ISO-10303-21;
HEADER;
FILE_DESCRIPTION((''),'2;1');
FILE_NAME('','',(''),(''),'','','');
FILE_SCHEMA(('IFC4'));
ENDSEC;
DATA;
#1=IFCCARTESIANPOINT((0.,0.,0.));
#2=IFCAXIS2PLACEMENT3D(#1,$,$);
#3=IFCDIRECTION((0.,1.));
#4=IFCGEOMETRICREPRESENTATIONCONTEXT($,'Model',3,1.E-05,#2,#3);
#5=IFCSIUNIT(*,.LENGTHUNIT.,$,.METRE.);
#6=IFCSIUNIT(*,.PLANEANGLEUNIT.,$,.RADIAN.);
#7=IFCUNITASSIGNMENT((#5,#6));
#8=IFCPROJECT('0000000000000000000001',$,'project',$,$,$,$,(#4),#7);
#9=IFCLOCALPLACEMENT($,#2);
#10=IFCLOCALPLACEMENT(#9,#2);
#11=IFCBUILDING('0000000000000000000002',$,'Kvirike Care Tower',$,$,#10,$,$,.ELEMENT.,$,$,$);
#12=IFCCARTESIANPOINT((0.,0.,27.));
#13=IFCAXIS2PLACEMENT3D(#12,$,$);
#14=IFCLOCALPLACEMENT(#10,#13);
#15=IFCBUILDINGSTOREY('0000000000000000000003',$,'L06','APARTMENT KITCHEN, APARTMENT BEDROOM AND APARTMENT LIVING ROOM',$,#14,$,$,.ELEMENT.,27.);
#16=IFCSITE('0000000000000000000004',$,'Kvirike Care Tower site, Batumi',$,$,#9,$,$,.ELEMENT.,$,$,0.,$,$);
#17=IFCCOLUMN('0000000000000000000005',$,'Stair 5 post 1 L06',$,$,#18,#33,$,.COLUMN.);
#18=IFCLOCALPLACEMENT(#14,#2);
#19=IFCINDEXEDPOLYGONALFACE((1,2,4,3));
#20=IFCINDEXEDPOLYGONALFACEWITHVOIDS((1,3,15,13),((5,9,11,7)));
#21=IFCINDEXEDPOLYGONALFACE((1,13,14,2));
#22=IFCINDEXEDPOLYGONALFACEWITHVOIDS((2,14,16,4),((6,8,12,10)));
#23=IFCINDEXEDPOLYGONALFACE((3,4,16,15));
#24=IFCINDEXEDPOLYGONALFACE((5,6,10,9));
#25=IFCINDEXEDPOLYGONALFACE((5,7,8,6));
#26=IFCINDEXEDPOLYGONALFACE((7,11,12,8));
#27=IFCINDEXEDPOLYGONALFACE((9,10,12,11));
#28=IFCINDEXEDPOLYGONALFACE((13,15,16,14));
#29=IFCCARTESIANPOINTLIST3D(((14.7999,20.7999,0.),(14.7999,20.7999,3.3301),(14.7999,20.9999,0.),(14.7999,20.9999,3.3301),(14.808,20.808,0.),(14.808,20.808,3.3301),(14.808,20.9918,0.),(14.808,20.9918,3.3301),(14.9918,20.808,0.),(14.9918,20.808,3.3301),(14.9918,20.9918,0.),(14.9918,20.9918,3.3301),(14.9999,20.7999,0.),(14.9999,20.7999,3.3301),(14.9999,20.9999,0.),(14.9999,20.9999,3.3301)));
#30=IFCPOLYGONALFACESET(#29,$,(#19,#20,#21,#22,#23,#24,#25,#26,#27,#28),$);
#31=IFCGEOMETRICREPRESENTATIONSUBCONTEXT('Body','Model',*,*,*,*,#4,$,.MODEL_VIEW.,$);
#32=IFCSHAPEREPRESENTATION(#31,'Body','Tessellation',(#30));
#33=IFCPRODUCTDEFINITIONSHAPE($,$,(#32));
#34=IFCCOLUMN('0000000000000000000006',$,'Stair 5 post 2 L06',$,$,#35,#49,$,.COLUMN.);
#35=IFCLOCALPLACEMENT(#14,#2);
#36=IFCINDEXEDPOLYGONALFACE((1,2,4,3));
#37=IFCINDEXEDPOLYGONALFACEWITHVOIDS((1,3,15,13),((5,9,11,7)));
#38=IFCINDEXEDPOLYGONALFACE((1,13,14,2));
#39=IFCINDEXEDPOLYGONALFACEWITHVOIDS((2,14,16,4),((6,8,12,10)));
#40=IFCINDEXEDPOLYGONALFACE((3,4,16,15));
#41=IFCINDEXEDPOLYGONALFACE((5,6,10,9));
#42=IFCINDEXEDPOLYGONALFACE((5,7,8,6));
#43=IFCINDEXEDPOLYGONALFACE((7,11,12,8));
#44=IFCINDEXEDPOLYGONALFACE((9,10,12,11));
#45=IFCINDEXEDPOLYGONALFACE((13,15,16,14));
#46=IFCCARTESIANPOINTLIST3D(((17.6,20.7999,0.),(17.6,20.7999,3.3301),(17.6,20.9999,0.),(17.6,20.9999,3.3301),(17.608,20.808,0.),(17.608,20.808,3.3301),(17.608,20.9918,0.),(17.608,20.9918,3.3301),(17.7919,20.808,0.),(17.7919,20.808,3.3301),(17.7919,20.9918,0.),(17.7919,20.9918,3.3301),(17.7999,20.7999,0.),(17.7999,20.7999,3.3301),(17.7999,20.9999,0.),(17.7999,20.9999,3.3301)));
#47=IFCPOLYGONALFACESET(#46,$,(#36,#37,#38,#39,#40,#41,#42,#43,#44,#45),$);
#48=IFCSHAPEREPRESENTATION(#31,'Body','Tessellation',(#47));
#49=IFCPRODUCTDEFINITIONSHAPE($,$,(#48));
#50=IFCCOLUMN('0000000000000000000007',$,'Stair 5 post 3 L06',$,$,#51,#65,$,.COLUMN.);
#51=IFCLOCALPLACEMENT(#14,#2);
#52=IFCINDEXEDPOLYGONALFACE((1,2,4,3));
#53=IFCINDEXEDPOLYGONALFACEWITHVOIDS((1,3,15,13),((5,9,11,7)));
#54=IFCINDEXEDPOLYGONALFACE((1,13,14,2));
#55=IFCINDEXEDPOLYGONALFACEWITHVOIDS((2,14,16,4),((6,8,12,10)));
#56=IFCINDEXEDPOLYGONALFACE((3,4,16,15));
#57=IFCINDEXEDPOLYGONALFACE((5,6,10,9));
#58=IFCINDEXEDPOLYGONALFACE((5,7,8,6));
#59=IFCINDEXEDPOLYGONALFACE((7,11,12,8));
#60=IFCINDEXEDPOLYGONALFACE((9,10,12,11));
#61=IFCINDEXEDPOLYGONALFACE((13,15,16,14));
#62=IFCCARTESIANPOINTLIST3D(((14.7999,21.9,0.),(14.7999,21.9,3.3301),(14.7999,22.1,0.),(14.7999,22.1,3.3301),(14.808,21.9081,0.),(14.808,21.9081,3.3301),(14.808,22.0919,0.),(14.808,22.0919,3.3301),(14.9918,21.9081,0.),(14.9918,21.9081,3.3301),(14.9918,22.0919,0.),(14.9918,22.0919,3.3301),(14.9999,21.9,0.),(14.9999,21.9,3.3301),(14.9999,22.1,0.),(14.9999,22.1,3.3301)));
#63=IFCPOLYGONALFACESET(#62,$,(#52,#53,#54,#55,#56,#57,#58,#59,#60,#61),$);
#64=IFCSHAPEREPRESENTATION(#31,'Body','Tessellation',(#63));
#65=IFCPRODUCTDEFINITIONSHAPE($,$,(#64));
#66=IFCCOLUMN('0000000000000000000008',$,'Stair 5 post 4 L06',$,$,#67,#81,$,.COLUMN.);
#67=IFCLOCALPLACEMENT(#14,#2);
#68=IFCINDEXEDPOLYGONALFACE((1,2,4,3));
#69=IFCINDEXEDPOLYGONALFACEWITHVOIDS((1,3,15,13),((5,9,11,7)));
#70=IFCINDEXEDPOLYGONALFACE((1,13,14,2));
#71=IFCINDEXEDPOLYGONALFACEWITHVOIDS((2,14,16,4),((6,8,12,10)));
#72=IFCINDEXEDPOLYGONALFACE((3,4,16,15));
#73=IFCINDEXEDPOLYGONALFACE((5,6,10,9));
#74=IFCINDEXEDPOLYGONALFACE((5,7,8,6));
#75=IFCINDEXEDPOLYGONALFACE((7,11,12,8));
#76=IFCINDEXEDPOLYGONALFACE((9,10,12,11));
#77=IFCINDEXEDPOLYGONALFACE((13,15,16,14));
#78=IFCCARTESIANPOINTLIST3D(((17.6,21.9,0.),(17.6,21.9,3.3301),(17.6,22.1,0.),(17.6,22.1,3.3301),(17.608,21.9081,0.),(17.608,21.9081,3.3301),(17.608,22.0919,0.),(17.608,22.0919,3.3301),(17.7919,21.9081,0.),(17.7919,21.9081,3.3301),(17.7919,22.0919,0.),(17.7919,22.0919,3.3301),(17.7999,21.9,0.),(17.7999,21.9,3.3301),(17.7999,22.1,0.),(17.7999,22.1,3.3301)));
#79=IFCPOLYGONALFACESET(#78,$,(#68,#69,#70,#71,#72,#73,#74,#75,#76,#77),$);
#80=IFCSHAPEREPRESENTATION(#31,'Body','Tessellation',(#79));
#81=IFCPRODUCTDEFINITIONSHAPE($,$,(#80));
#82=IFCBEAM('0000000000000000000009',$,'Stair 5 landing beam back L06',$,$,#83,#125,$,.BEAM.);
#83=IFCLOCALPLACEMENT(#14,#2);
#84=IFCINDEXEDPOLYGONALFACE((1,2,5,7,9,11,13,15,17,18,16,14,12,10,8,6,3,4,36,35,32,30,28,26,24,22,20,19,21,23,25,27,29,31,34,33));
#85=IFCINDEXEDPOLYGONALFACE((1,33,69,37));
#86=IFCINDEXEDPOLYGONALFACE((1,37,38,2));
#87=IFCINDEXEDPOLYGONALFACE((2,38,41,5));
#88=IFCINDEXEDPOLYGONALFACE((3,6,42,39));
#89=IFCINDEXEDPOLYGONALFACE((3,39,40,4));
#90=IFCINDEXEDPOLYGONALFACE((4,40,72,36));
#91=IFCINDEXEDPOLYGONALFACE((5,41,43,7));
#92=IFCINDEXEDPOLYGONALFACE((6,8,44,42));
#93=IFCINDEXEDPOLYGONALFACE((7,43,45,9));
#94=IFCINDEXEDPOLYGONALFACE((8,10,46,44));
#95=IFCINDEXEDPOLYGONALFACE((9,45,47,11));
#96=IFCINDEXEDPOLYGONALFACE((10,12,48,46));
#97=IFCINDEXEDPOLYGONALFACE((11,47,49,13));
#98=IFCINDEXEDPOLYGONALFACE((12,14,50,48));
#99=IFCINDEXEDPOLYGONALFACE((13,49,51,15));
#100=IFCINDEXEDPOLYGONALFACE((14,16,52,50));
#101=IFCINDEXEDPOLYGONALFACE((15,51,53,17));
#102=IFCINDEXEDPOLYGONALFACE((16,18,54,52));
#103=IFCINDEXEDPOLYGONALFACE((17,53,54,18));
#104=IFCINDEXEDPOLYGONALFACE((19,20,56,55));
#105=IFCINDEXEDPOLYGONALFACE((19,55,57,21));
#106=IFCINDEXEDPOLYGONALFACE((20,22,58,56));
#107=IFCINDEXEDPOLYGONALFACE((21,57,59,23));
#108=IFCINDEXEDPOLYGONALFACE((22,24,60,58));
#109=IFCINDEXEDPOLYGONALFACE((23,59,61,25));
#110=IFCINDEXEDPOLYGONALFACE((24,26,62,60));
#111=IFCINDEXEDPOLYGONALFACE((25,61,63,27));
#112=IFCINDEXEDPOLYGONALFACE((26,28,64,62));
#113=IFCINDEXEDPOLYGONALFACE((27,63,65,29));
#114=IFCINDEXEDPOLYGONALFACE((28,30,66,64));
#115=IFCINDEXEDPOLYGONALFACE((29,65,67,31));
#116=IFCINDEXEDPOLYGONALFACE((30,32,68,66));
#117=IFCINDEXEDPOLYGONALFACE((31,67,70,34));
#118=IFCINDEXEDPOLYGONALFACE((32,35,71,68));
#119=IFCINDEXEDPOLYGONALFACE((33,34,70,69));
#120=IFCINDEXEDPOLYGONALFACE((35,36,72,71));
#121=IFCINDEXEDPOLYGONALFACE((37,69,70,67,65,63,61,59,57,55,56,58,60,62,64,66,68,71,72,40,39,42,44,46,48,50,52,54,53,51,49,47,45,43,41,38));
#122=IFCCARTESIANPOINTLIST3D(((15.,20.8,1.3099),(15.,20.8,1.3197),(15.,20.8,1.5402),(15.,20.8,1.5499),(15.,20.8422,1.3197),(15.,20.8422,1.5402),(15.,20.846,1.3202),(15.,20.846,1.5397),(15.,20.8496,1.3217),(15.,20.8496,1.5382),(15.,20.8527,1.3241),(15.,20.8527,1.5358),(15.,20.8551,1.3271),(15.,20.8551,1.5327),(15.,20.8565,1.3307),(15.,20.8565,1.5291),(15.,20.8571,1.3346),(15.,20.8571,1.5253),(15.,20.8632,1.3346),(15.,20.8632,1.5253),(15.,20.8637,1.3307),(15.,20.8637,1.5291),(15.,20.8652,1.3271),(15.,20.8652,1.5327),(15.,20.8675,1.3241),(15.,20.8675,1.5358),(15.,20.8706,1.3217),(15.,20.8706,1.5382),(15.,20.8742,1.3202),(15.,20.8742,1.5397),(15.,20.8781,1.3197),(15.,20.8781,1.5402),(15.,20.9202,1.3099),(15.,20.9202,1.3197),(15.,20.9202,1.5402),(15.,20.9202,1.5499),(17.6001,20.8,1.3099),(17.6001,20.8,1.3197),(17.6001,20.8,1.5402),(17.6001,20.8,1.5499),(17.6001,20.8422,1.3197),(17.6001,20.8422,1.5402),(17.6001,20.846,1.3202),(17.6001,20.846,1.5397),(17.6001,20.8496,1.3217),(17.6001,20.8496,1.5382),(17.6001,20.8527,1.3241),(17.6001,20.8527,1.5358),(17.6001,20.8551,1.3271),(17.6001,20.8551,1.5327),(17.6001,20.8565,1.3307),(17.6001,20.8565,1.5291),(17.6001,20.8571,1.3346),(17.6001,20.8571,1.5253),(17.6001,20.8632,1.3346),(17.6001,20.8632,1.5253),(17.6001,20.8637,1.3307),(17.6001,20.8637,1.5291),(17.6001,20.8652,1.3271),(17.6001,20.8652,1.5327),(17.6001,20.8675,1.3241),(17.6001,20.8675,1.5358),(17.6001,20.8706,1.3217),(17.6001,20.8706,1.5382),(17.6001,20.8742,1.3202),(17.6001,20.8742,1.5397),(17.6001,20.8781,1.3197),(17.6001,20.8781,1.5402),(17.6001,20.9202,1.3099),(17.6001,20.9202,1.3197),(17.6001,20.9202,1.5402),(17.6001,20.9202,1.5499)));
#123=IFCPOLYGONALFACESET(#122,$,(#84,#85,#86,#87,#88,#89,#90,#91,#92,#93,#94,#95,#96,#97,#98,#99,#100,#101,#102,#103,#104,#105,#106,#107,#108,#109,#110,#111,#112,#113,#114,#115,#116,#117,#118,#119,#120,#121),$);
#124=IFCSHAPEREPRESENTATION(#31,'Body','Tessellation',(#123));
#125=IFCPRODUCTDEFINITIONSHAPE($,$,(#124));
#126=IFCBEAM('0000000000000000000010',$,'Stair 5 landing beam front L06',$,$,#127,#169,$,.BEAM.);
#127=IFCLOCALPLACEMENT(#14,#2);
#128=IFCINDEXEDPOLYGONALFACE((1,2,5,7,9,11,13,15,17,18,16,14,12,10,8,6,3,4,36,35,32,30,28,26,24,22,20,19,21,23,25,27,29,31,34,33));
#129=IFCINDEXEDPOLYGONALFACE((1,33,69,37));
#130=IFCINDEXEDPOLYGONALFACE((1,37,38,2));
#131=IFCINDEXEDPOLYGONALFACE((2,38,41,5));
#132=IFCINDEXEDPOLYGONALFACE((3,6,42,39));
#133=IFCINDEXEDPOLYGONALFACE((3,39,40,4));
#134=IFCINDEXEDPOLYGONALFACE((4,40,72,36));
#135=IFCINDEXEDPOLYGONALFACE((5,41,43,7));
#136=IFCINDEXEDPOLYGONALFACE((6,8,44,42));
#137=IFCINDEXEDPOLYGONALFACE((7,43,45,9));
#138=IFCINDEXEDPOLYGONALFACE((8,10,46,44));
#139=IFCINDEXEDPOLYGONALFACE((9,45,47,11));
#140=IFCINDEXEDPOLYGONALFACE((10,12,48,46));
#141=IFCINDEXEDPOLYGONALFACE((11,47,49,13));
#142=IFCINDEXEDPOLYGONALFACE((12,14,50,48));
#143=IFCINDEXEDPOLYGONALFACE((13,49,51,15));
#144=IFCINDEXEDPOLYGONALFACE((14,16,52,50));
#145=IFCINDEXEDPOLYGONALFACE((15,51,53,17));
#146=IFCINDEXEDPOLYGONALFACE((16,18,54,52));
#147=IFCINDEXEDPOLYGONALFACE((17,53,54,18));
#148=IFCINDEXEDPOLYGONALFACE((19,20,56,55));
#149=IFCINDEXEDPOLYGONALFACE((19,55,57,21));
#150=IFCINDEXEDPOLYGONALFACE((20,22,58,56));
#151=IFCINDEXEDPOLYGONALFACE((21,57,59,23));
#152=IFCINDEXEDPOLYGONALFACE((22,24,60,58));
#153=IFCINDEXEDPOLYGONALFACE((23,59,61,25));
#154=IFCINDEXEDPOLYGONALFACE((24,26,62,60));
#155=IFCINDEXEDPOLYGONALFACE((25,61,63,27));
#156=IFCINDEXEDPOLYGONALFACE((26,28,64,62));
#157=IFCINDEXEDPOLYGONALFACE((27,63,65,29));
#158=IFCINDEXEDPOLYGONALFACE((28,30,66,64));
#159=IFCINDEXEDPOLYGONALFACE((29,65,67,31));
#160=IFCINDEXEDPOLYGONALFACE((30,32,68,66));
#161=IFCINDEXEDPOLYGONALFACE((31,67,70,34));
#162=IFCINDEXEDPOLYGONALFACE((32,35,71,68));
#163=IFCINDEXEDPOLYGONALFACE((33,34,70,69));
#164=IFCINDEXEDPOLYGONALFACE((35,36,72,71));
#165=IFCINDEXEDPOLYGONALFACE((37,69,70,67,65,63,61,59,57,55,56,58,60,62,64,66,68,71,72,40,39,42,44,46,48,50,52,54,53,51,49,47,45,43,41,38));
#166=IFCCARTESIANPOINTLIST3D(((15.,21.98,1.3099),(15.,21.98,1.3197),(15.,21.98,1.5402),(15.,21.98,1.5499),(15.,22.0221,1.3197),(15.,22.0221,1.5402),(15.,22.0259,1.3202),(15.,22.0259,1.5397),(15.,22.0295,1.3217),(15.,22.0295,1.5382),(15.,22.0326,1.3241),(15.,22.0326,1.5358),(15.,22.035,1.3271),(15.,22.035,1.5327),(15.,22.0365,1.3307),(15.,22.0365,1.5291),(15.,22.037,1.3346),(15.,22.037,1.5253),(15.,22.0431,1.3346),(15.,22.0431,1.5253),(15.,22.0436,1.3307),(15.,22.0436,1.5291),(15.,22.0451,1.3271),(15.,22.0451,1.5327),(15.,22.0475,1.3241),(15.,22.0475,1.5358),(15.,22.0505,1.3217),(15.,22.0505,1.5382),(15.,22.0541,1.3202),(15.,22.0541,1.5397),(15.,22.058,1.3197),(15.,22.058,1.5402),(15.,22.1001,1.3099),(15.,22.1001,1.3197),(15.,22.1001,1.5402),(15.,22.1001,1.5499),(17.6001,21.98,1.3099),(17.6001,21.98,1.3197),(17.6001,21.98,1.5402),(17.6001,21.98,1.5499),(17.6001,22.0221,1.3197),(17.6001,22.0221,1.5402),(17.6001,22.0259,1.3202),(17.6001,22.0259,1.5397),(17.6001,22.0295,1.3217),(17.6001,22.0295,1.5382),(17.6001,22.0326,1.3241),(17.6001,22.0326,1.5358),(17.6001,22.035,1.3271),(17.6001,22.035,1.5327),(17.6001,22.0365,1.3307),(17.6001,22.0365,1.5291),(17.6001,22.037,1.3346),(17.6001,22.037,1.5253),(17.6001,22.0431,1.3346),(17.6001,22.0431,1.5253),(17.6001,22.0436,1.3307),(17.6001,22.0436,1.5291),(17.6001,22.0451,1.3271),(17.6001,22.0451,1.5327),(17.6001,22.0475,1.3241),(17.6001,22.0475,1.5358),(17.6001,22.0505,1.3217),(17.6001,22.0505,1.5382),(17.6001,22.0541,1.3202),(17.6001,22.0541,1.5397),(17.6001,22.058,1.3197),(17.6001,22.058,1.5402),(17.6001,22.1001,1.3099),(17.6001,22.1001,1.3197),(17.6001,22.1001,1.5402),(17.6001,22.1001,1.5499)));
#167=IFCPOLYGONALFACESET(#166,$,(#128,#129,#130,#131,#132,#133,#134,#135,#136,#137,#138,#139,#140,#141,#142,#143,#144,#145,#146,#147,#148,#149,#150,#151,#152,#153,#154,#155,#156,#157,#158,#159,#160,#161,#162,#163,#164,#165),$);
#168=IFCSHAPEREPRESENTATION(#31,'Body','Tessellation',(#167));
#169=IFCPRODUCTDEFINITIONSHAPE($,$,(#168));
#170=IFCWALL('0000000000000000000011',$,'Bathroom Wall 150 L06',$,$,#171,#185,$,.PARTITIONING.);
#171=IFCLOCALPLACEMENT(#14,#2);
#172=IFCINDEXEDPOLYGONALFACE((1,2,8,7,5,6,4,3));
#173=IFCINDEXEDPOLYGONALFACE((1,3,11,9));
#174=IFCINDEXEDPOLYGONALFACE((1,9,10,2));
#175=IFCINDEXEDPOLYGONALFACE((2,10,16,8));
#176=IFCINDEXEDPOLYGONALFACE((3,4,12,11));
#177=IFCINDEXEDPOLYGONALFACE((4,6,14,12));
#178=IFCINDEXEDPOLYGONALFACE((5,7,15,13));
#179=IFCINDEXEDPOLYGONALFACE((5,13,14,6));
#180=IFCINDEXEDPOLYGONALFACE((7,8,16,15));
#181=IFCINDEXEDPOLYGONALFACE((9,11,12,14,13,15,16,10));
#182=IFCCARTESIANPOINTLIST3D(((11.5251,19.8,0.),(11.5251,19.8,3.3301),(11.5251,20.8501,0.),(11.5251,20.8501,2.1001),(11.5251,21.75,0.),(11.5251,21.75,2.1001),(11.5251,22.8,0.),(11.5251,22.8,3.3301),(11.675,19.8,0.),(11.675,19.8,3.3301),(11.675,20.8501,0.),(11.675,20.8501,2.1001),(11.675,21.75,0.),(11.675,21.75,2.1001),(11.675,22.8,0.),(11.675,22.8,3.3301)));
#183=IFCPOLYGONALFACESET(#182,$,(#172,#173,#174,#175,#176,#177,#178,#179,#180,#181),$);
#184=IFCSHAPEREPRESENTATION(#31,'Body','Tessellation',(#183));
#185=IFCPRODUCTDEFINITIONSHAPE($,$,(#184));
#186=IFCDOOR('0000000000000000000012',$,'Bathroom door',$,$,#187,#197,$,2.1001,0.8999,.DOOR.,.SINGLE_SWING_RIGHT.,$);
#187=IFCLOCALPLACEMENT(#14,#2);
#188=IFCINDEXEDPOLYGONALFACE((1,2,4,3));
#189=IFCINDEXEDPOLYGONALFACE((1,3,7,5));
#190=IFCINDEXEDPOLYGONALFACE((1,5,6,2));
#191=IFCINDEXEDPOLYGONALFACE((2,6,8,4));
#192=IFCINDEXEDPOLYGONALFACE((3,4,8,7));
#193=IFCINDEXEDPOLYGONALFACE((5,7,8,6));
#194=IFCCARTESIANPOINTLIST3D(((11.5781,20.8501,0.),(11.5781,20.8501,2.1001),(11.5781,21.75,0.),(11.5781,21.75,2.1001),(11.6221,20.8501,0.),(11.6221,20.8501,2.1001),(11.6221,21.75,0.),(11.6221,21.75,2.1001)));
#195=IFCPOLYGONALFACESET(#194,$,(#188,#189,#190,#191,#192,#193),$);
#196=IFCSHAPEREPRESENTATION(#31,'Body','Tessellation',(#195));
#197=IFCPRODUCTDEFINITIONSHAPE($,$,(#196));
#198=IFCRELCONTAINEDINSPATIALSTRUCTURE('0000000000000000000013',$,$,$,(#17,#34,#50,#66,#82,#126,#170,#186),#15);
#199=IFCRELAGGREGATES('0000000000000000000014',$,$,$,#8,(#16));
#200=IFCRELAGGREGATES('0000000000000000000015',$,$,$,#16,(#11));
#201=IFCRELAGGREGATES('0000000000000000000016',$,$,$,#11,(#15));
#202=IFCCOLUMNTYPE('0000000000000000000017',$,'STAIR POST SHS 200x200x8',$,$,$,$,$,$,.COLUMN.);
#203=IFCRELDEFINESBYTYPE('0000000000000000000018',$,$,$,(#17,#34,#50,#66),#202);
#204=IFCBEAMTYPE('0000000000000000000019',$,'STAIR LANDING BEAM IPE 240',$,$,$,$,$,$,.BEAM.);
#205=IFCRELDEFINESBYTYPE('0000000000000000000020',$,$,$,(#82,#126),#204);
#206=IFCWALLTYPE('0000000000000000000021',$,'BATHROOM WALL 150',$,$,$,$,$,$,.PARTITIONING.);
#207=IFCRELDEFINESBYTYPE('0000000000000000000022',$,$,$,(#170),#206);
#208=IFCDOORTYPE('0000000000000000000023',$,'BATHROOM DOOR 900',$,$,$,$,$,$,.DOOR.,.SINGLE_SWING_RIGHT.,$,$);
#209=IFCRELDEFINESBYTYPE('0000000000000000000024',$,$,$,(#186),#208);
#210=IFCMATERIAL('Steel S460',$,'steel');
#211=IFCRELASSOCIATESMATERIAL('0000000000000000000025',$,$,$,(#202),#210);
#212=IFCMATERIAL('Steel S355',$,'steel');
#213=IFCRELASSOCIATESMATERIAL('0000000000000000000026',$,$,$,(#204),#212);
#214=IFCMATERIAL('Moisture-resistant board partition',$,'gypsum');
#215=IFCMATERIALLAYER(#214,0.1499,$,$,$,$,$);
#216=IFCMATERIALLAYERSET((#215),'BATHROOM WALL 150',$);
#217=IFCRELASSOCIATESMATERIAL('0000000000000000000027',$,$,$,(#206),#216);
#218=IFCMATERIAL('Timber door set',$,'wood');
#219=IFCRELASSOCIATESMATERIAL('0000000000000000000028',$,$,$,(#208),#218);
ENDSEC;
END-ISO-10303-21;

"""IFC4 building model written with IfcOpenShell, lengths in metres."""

from ifc_helpers import new_model, si_unit, direction, frame, frame_2d, origin, origin_2d, place, context, subcontext, project, spatial, rectangle, hollow_rectangle, i_section, extrude, material, layer, layer_set, material_profile, profile_set, type_object, element, fill, save


model = new_model("IFC4")

# Units and contexts
model_context = context("Model", 3, precision=1e-05, world=origin(), true_north=direction((0.0, 1.0)))
body_context = subcontext(model_context, "Body", "Model", "MODEL_VIEW")
ifc_project = project(units=[si_unit("LENGTHUNIT", "METRE"), si_unit("PLANEANGLEUNIT", "RADIAN")], contexts=[model_context])

# Site, building, storey
site_placement = place(None, origin())
site = spatial("IfcSite", under=ifc_project, at=site_placement, Name="Kvirike Care Tower site, Batumi", CompositionType="ELEMENT", RefElevation=0.0)
building_placement = place(site_placement, origin())
building = spatial("IfcBuilding", under=site, at=building_placement, Name="Kvirike Care Tower", CompositionType="ELEMENT")
storey_placement = place(building_placement, frame((0.0, 0.0, 27.0)))
storey = spatial("IfcBuildingStorey", under=building, at=storey_placement, Name="L06", Description="APARTMENT KITCHEN, APARTMENT BEDROOM AND APARTMENT LIVING ROOM", CompositionType="ELEMENT", Elevation=27.0)

# Columns
ifc_material_1 = material(Name="Steel S460", Category="steel")
ifc_material_profile_1 = material_profile(ifc_material_1, hollow_rectangle(XDim=0.2, YDim=0.2, WallThickness=0.0081, at=origin_2d()), Name="SHS 200x200x8")
ifc_profile_set_1 = profile_set([ifc_material_profile_1], Name="Steel S460")
column_type = type_object("IfcColumnType", Name="STAIR POST SHS 200x200x8", PredefinedType="COLUMN", material=ifc_profile_set_1)
for number, where, z_axis, x_axis, name in (
    (1, (14.8999, 20.8999, 0.0), (0.0, 0.0, 1.0), (1.0, 0.0, 0.0), "Stair 5 post 1 L06"),
    (2, (17.7, 20.8999, 0.0), (0.0, 0.0, 1.0), (1.0, 0.0, 0.0), "Stair 5 post 2 L06"),
    (3, (14.8999, 22.0, 0.0), (0.0, 0.0, 1.0), (1.0, 0.0, 0.0), "Stair 5 post 3 L06"),
    (4, (17.7, 22.0, 0.0), (0.0, 0.0, 1.0), (1.0, 0.0, 0.0), "Stair 5 post 4 L06"),
):
    element("IfcColumn", number, at=place(storey_placement, frame(where, z_axis=z_axis, x_axis=x_axis)), inside=storey, type_object=column_type, Name=name, PredefinedType="COLUMN", context=body_context, shape_type="SweptSolid", body=[
        extrude(hollow_rectangle(XDim=0.2, YDim=0.2, WallThickness=0.0081, at=origin_2d()), origin(), (0.0, 0.0, 1.0), 3.3301),
    ])

# Beams
ifc_material_2 = material(Name="Steel S355", Category="steel")
ifc_material_profile_2 = material_profile(ifc_material_2, i_section(OverallWidth=0.1201, OverallDepth=0.24, WebThickness=0.0061, FlangeThickness=0.0098, FilletRadius=0.0149, at=origin_2d()), Name="IPE 240")
ifc_profile_set_2 = profile_set([ifc_material_profile_2], Name="Steel S355")
beam_type = type_object("IfcBeamType", Name="STAIR LANDING BEAM IPE 240", PredefinedType="BEAM", material=ifc_profile_set_2)
for number, where, z_axis, x_axis, name in (
    (5, (15.0, 20.8601, 1.4299), (1.0, 0.0, 0.0), (0.0, 1.0, 0.0), "Stair 5 landing beam back L06"),
    (6, (15.0, 22.04, 1.4299), (1.0, 0.0, 0.0), (0.0, 1.0, 0.0), "Stair 5 landing beam front L06"),
):
    element("IfcBeam", number, at=place(storey_placement, frame(where, z_axis=z_axis, x_axis=x_axis)), inside=storey, type_object=beam_type, Name=name, PredefinedType="BEAM", context=body_context, shape_type="SweptSolid", body=[
        extrude(i_section(OverallWidth=0.1201, OverallDepth=0.24, WebThickness=0.0061, FlangeThickness=0.0098, FilletRadius=0.0149, at=origin_2d()), origin(), (0.0, 0.0, 1.0), 2.6001),
    ])

# Wall, opening, door
ifc_material_3 = material(Name="Moisture-resistant board partition", Category="gypsum")
ifc_layer_1 = layer(ifc_material_3, 0.1499)
ifc_layer_set_1 = layer_set([ifc_layer_1], Name="BATHROOM WALL 150")
wall_type_1 = type_object("IfcWallType", Name="BATHROOM WALL 150", PredefinedType="PARTITIONING", material=ifc_layer_set_1)
wall_1_placement = place(storey_placement, frame((11.6001, 19.8, 0.0), z_axis=(0.0, 0.0, 1.0), x_axis=(0.0, 1.0, 0.0)))
wall_1 = element("IfcWall", 7, at=wall_1_placement, inside=storey, type_object=wall_type_1, Name="Bathroom Wall 150 L06", PredefinedType="PARTITIONING", context=body_context, shape_type="SweptSolid", body=[
    extrude(rectangle(XDim=3.0, YDim=0.1499, at=frame_2d((1.5, 0.0))), origin(), (0.0, 0.0, 1.0), 3.3301),
])
opening_1_placement = place(wall_1_placement, frame((1.05, 0.0, 0.0)))
opening_1 = element("IfcOpeningElement", 8, at=opening_1_placement, cuts=wall_1, PredefinedType="OPENING", context=body_context, shape_type="SweptSolid", body=[
    extrude(rectangle(XDim=0.8999, YDim=2.1001, at=frame_2d((0.45, 1.05))), frame((0.0, 0.0854, 0.0), z_axis=(0.0, -1.0, 0.0), x_axis=(1.0, 0.0, 0.0)), (0.0, 0.0, 1.0), 0.1709),
])
ifc_material_4 = material(Name="Timber door set", Category="wood")
door_type_1 = type_object("IfcDoorType", Name="BATHROOM DOOR 900", OperationType="SINGLE_SWING_RIGHT", PredefinedType="DOOR", material=ifc_material_4)
door_1_placement = place(opening_1_placement, frame((0.8999, 0.0, 0.0), z_axis=(0.0, 0.0, 1.0), x_axis=(-1.0, 0.0, 0.0)))
door_1 = element("IfcDoor", 9, at=door_1_placement, inside=storey, type_object=door_type_1, Name="Bathroom door", OperationType="SINGLE_SWING_RIGHT", OverallHeight=2.1001, OverallWidth=0.8999, PredefinedType="DOOR", context=body_context, shape_type="SweptSolid", body=[
    extrude(rectangle(XDim=0.8999, YDim=2.1001, at=frame_2d((0.45, 1.05))), frame((0.0, 0.022, 0.0), z_axis=(0.0, -1.0, 0.0), x_axis=(1.0, 0.0, 0.0)), (0.0, 0.0, 1.0), 0.0439),
])
fill(opening_1, door_1)

save(model, "model.ifc")
